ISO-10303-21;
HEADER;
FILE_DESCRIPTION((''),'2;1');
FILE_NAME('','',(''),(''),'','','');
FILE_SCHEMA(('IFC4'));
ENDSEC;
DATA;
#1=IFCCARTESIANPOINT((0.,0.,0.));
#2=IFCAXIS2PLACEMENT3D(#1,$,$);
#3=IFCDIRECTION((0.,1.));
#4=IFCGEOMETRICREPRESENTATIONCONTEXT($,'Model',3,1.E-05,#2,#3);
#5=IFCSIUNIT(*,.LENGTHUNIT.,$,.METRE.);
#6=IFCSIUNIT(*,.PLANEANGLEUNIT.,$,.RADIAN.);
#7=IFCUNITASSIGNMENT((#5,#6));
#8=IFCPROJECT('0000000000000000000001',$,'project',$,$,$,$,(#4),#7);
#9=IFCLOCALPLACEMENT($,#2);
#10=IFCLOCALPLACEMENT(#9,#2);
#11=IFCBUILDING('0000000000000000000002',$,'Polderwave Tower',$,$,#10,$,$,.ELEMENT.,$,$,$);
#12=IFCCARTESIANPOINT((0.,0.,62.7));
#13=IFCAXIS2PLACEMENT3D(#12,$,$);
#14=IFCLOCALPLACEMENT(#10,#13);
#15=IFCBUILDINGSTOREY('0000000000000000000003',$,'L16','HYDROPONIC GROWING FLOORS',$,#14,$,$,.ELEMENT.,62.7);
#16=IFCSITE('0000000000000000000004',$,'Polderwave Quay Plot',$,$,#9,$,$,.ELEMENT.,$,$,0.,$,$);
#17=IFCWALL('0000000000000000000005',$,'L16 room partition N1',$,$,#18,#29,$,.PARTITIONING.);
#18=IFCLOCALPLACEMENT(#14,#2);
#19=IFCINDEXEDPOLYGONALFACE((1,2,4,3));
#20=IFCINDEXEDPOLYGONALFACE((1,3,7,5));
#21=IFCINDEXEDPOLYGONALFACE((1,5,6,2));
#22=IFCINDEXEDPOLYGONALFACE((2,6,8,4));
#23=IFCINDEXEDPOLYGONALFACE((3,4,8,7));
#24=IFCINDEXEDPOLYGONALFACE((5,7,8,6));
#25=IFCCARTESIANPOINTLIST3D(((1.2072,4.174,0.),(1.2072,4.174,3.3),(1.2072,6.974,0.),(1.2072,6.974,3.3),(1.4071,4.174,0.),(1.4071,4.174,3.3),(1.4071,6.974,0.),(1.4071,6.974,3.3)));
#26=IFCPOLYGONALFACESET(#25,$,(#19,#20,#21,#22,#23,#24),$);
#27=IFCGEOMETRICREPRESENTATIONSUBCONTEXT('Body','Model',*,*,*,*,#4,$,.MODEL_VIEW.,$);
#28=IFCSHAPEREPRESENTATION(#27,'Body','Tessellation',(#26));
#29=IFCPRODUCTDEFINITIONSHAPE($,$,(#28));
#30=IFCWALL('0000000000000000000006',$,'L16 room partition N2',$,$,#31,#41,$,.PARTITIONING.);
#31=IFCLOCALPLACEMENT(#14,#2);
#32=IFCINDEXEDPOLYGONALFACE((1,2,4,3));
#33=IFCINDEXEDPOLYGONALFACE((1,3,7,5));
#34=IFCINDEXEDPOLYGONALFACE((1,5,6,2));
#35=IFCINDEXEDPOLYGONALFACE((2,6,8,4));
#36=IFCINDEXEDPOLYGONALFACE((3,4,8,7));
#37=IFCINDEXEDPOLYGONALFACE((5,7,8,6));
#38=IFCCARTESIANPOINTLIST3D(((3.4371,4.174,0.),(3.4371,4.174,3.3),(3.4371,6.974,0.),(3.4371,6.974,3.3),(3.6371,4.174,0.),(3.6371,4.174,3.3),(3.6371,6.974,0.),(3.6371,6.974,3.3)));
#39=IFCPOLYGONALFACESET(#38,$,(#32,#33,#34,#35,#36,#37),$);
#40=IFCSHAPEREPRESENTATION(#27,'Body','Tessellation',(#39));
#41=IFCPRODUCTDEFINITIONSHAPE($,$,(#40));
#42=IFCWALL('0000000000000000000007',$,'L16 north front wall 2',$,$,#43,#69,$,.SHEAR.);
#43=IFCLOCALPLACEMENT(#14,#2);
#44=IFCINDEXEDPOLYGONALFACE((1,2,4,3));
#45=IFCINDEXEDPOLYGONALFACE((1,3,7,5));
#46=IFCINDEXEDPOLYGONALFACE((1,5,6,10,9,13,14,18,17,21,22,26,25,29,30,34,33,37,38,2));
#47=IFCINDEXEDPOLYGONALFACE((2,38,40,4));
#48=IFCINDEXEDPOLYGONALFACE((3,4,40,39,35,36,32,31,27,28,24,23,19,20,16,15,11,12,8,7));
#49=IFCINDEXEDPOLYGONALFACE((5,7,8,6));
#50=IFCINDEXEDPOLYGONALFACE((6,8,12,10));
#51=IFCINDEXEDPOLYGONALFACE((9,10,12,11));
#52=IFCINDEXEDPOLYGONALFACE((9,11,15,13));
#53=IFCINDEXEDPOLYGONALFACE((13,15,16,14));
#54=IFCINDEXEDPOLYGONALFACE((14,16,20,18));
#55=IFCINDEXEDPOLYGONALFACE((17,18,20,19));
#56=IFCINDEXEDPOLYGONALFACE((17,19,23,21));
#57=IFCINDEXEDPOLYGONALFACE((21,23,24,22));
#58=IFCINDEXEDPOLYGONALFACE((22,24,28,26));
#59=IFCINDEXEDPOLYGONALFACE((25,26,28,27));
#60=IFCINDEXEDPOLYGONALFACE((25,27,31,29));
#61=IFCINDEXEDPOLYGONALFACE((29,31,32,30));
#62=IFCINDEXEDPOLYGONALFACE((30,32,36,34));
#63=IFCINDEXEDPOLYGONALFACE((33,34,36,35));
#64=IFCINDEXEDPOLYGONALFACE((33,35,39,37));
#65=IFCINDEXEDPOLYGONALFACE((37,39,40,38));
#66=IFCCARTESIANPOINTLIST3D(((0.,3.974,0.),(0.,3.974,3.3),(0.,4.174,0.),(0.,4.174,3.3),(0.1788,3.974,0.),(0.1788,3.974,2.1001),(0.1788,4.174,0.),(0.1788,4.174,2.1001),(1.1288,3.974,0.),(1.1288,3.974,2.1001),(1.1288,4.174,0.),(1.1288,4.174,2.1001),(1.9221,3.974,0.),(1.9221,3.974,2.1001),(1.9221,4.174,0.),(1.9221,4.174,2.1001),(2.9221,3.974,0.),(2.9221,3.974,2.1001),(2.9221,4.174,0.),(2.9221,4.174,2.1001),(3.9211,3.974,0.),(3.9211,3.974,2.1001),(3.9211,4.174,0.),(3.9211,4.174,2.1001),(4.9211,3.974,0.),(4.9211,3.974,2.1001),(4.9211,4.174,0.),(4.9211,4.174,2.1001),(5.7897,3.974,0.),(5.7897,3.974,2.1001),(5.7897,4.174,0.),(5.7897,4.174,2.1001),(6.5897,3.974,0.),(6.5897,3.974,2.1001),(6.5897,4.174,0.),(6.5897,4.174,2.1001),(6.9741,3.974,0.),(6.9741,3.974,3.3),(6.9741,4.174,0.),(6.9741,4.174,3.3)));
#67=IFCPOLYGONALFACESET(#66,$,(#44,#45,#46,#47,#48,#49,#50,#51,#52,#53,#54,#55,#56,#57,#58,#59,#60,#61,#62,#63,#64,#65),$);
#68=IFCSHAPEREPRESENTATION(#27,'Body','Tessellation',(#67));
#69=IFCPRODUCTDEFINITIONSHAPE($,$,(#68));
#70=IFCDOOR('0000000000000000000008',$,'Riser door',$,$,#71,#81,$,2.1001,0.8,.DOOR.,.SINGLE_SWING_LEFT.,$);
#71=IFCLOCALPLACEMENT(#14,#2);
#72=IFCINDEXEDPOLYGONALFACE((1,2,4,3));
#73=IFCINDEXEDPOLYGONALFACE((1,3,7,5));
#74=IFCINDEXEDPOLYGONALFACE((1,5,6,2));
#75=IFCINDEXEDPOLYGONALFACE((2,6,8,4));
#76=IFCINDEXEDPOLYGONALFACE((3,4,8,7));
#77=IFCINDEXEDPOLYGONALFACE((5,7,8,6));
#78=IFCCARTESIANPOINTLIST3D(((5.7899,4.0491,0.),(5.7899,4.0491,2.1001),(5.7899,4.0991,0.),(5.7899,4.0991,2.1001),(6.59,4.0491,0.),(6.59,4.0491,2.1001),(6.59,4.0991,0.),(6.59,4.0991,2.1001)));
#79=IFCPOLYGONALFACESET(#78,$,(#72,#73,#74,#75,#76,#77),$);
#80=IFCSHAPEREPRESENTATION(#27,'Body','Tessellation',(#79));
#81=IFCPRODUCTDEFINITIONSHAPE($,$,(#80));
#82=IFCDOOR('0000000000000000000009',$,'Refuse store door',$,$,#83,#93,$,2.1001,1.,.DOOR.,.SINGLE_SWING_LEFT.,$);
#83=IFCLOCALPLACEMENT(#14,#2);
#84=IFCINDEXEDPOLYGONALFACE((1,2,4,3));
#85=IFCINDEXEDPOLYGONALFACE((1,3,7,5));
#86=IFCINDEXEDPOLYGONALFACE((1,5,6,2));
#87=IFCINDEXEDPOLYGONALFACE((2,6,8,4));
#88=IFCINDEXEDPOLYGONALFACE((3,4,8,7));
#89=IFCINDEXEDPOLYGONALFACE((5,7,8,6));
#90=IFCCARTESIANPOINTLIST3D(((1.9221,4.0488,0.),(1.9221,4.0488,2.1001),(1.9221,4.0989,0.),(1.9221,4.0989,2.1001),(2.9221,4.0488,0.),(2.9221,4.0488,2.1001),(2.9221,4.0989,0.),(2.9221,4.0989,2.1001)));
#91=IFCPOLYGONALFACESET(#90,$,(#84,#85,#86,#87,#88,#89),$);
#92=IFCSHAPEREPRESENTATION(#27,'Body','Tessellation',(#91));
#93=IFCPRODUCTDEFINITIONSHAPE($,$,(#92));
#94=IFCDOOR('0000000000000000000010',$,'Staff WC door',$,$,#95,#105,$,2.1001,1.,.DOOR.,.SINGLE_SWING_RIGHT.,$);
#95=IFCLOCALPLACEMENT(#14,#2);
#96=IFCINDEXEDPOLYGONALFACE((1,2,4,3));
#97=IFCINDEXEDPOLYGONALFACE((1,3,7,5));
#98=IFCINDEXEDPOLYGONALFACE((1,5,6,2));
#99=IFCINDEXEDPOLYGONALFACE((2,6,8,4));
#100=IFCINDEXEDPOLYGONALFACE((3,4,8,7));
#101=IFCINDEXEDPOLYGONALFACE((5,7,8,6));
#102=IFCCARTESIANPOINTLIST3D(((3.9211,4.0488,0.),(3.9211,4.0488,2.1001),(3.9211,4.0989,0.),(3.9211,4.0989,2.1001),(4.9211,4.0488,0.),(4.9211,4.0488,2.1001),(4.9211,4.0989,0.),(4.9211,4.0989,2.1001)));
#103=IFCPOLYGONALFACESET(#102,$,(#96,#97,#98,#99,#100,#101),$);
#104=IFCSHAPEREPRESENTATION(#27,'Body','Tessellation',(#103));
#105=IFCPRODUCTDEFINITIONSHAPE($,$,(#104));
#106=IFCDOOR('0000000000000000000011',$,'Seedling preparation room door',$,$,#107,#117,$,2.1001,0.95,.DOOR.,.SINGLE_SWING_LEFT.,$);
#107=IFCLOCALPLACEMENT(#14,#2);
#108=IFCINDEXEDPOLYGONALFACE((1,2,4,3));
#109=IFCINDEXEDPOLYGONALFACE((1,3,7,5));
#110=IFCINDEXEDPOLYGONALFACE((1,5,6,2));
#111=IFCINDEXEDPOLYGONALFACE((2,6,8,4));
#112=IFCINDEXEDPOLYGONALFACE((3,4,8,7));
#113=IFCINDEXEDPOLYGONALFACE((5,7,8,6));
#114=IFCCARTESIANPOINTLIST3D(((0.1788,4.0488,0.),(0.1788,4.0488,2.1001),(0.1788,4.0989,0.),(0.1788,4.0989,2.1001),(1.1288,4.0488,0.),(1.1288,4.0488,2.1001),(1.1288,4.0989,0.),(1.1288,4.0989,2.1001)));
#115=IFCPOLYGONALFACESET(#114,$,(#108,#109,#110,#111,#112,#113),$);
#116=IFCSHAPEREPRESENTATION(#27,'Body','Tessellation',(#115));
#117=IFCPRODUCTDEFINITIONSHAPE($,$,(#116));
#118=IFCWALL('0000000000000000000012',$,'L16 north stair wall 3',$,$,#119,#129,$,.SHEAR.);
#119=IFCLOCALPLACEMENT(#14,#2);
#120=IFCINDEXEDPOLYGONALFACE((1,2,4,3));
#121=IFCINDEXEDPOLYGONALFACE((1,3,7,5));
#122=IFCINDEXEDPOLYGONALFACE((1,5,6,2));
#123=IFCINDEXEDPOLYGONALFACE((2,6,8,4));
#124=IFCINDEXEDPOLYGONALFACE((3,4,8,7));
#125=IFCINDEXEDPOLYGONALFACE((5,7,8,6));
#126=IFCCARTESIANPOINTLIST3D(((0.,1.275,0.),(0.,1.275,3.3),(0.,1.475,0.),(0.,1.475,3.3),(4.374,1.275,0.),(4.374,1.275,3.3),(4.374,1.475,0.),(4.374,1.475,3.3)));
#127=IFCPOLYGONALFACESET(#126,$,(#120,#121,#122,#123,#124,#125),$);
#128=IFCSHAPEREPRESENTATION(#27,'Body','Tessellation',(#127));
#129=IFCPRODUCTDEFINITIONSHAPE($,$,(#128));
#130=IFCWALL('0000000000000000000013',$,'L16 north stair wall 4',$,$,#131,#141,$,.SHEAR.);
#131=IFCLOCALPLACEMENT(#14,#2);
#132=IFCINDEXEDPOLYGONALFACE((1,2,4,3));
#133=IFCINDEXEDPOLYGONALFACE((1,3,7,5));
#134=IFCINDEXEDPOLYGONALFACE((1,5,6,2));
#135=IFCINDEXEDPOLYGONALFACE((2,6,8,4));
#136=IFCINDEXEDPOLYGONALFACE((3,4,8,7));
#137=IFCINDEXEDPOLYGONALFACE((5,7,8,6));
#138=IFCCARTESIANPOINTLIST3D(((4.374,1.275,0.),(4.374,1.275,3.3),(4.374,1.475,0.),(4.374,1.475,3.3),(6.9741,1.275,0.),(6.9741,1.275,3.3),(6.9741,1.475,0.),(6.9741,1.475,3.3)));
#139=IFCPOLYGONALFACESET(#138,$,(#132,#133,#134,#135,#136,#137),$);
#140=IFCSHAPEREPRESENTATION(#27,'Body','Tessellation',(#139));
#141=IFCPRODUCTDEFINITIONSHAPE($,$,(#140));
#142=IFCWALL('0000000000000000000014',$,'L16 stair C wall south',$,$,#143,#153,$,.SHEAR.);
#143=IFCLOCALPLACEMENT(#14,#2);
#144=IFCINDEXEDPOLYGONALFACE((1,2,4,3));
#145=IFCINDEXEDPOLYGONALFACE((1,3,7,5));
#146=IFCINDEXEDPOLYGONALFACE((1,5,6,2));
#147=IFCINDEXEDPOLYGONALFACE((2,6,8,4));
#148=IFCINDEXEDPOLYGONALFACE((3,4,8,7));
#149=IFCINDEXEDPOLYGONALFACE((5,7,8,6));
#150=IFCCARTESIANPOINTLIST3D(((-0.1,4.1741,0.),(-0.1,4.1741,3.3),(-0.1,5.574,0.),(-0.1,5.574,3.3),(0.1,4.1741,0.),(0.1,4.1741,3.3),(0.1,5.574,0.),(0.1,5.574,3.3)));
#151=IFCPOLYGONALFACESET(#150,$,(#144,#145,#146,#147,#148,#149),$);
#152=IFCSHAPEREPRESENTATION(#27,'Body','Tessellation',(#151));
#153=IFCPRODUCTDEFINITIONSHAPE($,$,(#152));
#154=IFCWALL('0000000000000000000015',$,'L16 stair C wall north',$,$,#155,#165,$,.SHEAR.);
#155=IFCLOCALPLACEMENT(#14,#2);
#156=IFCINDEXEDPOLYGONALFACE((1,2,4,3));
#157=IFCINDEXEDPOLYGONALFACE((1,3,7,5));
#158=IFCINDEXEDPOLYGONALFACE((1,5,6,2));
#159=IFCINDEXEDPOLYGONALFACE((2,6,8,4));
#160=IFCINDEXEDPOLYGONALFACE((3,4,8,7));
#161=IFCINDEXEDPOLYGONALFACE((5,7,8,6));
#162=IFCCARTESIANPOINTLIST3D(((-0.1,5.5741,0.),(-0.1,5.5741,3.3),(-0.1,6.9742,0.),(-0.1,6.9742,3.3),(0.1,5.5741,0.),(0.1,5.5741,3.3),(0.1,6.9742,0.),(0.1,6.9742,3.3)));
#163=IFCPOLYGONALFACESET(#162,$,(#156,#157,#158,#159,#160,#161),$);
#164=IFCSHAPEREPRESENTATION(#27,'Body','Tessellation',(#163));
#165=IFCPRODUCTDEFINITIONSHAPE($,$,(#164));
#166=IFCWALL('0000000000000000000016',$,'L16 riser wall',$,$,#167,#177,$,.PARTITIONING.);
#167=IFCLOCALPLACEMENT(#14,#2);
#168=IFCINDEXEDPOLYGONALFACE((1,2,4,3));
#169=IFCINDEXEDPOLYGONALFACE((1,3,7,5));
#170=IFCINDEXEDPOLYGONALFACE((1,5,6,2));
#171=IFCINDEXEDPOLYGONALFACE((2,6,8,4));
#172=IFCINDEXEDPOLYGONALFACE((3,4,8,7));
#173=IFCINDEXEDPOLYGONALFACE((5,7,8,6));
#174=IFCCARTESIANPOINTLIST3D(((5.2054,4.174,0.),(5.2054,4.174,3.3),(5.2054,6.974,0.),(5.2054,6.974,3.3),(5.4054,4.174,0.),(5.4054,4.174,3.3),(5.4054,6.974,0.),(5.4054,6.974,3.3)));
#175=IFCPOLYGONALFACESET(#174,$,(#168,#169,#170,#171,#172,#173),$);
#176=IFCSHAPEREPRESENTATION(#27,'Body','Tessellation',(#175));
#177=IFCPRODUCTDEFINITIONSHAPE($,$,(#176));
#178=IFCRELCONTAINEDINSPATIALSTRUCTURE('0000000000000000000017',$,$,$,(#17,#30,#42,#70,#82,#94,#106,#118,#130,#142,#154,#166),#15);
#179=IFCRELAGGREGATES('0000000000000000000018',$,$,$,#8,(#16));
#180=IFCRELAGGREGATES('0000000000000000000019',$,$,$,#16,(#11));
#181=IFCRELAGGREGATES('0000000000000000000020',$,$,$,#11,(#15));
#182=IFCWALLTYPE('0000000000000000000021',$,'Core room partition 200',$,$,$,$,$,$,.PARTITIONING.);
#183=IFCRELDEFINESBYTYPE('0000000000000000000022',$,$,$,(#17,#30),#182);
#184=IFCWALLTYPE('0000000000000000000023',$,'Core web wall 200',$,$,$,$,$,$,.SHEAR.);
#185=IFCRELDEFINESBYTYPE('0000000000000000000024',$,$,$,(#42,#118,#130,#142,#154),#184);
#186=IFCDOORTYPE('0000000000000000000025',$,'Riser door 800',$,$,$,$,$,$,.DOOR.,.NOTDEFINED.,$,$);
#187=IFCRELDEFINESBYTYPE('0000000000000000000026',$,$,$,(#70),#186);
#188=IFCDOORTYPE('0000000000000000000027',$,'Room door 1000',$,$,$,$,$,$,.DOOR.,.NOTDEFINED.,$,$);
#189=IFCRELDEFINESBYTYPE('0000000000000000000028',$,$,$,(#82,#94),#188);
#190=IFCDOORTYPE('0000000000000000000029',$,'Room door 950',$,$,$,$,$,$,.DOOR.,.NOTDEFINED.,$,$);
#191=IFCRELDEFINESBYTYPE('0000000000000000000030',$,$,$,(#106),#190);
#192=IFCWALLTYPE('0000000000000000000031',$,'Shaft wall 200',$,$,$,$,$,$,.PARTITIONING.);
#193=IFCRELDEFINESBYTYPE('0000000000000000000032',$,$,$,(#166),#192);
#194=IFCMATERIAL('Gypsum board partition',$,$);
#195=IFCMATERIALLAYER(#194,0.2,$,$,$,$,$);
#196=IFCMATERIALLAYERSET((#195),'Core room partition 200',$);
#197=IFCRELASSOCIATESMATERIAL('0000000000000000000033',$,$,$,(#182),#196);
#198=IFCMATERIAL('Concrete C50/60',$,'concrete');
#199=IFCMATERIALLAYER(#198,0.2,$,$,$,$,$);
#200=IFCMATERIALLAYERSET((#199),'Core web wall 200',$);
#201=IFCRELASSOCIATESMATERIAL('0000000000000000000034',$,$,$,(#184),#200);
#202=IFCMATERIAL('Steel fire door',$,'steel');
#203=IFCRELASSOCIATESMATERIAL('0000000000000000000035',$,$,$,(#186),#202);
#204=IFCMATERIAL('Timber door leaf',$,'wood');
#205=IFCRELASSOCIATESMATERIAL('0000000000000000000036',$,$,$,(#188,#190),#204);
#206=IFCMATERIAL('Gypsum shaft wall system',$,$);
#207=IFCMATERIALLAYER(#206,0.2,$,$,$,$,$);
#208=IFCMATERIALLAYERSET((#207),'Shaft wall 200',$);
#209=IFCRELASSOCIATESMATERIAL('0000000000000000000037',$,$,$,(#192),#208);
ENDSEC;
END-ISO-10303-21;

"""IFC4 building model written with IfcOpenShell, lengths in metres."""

from ifc_helpers import new_model, si_unit, direction, frame, frame_2d, origin, place, context, subcontext, project, spatial, rectangle, extrude, material, layer, layer_set, type_object, element, fill, save


model = new_model("IFC4")

# Units and contexts
model_context = context("Model", 3, precision=1e-05, world=origin(), true_north=direction((0.0, 1.0)))
body_context = subcontext(model_context, "Body", "Model", "MODEL_VIEW")
ifc_project = project(units=[si_unit("LENGTHUNIT", "METRE"), si_unit("PLANEANGLEUNIT", "RADIAN")], contexts=[model_context])

# Site, building, storey
site_placement = place(None, origin())
site = spatial("IfcSite", under=ifc_project, at=site_placement, Name="Polderwave Quay Plot", CompositionType="ELEMENT", RefElevation=0.0)
building_placement = place(site_placement, origin())
building = spatial("IfcBuilding", under=site, at=building_placement, Name="Polderwave Tower", CompositionType="ELEMENT")
storey_placement = place(building_placement, frame((0.0, 0.0, 62.7)))
storey = spatial("IfcBuildingStorey", under=building, at=storey_placement, Name="L16", Description="HYDROPONIC GROWING FLOORS", CompositionType="ELEMENT", Elevation=62.7)

# Walls
ifc_material_1 = material(Name="Gypsum board partition")
ifc_layer_1 = layer(ifc_material_1, 0.2)
ifc_layer_set_1 = layer_set([ifc_layer_1], Name="Core room partition 200")
wall_type_1 = type_object("IfcWallType", Name="Core room partition 200", PredefinedType="PARTITIONING", material=ifc_layer_set_1)
for number, where, z_axis, x_axis, name in (
    (1, (1.3071, 4.1741, 0.0), (0.0, 0.0, 1.0), (0.0, 1.0, 0.0), "L16 room partition N1"),
    (2, (3.5371, 4.1741, 0.0), (0.0, 0.0, 1.0), (0.0, 1.0, 0.0), "L16 room partition N2"),
):
    element("IfcWall", number, at=place(storey_placement, frame(where, z_axis=z_axis, x_axis=x_axis)), inside=storey, type_object=wall_type_1, Name=name, PredefinedType="PARTITIONING", context=body_context, shape_type="SweptSolid", body=[
        extrude(rectangle(XDim=2.8, YDim=0.2, at=frame_2d((1.3999, 0.0))), origin(), (0.0, 0.0, 1.0), 3.3),
    ])

# Wall, openings, doors
ifc_material_2 = material(Name="Concrete C50/60", Category="concrete")
ifc_layer_2 = layer(ifc_material_2, 0.2)
ifc_layer_set_2 = layer_set([ifc_layer_2], Name="Core web wall 200")
wall_type_2 = type_object("IfcWallType", Name="Core web wall 200", PredefinedType="SHEAR", material=ifc_layer_set_2)
wall_1_placement = place(storey_placement, frame((0.0, 4.074, 0.0), z_axis=(0.0, 0.0, 1.0), x_axis=(1.0, 0.0, 0.0)))
wall_1 = element("IfcWall", 3, at=wall_1_placement, inside=storey, type_object=wall_type_2, Name="L16 north front wall 2", PredefinedType="SHEAR", context=body_context, shape_type="SweptSolid", body=[
    extrude(rectangle(XDim=6.9741, YDim=0.2, at=frame_2d((3.4871, 0.0))), origin(), (0.0, 0.0, 1.0), 3.3),
])
opening_1_placement = place(wall_1_placement, frame((0.1787, 0.0, 0.0)))
opening_1 = element("IfcOpeningElement", 4, at=opening_1_placement, cuts=wall_1, PredefinedType="OPENING", context=body_context, shape_type="SweptSolid", body=[
    extrude(rectangle(XDim=0.95, YDim=2.1001, at=frame_2d((0.4751, 1.05))), frame((0.0, 0.1099, 0.0), z_axis=(0.0, -1.0, 0.0), x_axis=(1.0, 0.0, 0.0)), (0.0, 0.0, 1.0), 0.22),
])
opening_2_placement = place(wall_1_placement, frame((1.9221, 0.0, 0.0)))
opening_2 = element("IfcOpeningElement", 5, at=opening_2_placement, cuts=wall_1, PredefinedType="OPENING", context=body_context, shape_type="SweptSolid", body=[
    extrude(rectangle(XDim=1.0, YDim=2.1001, at=frame_2d((0.5, 1.05))), frame((0.0, 0.1099, 0.0), z_axis=(0.0, -1.0, 0.0), x_axis=(1.0, 0.0, 0.0)), (0.0, 0.0, 1.0), 0.22),
])
opening_3_placement = place(wall_1_placement, frame((3.9211, 0.0, 0.0)))
opening_3 = element("IfcOpeningElement", 6, at=opening_3_placement, cuts=wall_1, PredefinedType="OPENING", context=body_context, shape_type="SweptSolid", body=[
    extrude(rectangle(XDim=1.0, YDim=2.1001, at=frame_2d((0.5, 1.05))), frame((0.0, 0.1099, 0.0), z_axis=(0.0, -1.0, 0.0), x_axis=(1.0, 0.0, 0.0)), (0.0, 0.0, 1.0), 0.22),
])
opening_4_placement = place(wall_1_placement, frame((5.7898, 0.0, 0.0)))
opening_4 = element("IfcOpeningElement", 7, at=opening_4_placement, cuts=wall_1, PredefinedType="OPENING", context=body_context, shape_type="SweptSolid", body=[
    extrude(rectangle(XDim=0.8, YDim=2.1001, at=frame_2d((0.3999, 1.05))), frame((0.0, 0.1099, 0.0), z_axis=(0.0, -1.0, 0.0), x_axis=(1.0, 0.0, 0.0)), (0.0, 0.0, 1.0), 0.22),
])
ifc_material_3 = material(Name="Steel fire door", Category="steel")
door_type_1 = type_object("IfcDoorType", Name="Riser door 800", OperationType="NOTDEFINED", PredefinedType="DOOR", material=ifc_material_3)
door_1_placement = place(opening_4_placement, frame((0.8, 0.0, 0.0), z_axis=(0.0, 0.0, 1.0), x_axis=(-1.0, 0.0, 0.0)))
door_1 = element("IfcDoor", 8, at=door_1_placement, inside=storey, type_object=door_type_1, Name="Riser door", OperationType="SINGLE_SWING_LEFT", OverallHeight=2.1001, OverallWidth=0.8, PredefinedType="DOOR", context=body_context, shape_type="SweptSolid", body=[
    extrude(rectangle(XDim=0.8, YDim=2.1001, at=frame_2d((0.3999, 1.05))), frame((0.0, 0.0249, 0.0), z_axis=(0.0, -1.0, 0.0), x_axis=(1.0, 0.0, 0.0)), (0.0, 0.0, 1.0), 0.05),
])
fill(opening_4, door_1)
ifc_material_4 = material(Name="Timber door leaf", Category="wood")
door_type_2 = type_object("IfcDoorType", Name="Room door 1000", OperationType="NOTDEFINED", PredefinedType="DOOR", material=ifc_material_4)
door_2_placement = place(opening_2_placement, origin())
door_2 = element("IfcDoor", 9, at=door_2_placement, inside=storey, type_object=door_type_2, Name="Refuse store door", OperationType="SINGLE_SWING_LEFT", OverallHeight=2.1001, OverallWidth=1.0, PredefinedType="DOOR", context=body_context, shape_type="SweptSolid", body=[
    extrude(rectangle(XDim=1.0, YDim=2.1001, at=frame_2d((0.5, 1.05))), frame((0.0, 0.0249, 0.0), z_axis=(0.0, -1.0, 0.0), x_axis=(1.0, 0.0, 0.0)), (0.0, 0.0, 1.0), 0.05),
])
fill(opening_2, door_2)
door_3_placement = place(opening_3_placement, origin())
door_3 = element("IfcDoor", 10, at=door_3_placement, inside=storey, type_object=door_type_2, Name="Staff WC door", OperationType="SINGLE_SWING_RIGHT", OverallHeight=2.1001, OverallWidth=1.0, PredefinedType="DOOR", context=body_context, shape_type="SweptSolid", body=[
    extrude(rectangle(XDim=1.0, YDim=2.1001, at=frame_2d((0.5, 1.05))), frame((0.0, 0.0249, 0.0), z_axis=(0.0, -1.0, 0.0), x_axis=(1.0, 0.0, 0.0)), (0.0, 0.0, 1.0), 0.05),
])
fill(opening_3, door_3)
door_type_3 = type_object("IfcDoorType", Name="Room door 950", OperationType="NOTDEFINED", PredefinedType="DOOR", material=ifc_material_4)
door_4_placement = place(opening_1_placement, origin())
door_4 = element("IfcDoor", 11, at=door_4_placement, inside=storey, type_object=door_type_3, Name="Seedling preparation room door", OperationType="SINGLE_SWING_LEFT", OverallHeight=2.1001, OverallWidth=0.95, PredefinedType="DOOR", context=body_context, shape_type="SweptSolid", body=[
    extrude(rectangle(XDim=0.95, YDim=2.1001, at=frame_2d((0.4751, 1.05))), frame((0.0, 0.0249, 0.0), z_axis=(0.0, -1.0, 0.0), x_axis=(1.0, 0.0, 0.0)), (0.0, 0.0, 1.0), 0.05),
])
fill(opening_1, door_4)

# Walls
wall_2_placement = place(storey_placement, frame((0.0, 1.375, 0.0), z_axis=(0.0, 0.0, 1.0), x_axis=(1.0, 0.0, 0.0)))
element("IfcWall", 12, at=wall_2_placement, inside=storey, type_object=wall_type_2, Name="L16 north stair wall 3", PredefinedType="SHEAR", context=body_context, shape_type="SweptSolid", body=[
    extrude(rectangle(XDim=4.374, YDim=0.2, at=frame_2d((2.187, 0.0))), origin(), (0.0, 0.0, 1.0), 3.3),
])
wall_3_placement = place(storey_placement, frame((4.374, 1.375, 0.0), z_axis=(0.0, 0.0, 1.0), x_axis=(1.0, 0.0, 0.0)))
element("IfcWall", 13, at=wall_3_placement, inside=storey, type_object=wall_type_2, Name="L16 north stair wall 4", PredefinedType="SHEAR", context=body_context, shape_type="SweptSolid", body=[
    extrude(rectangle(XDim=2.6001, YDim=0.2, at=frame_2d((1.3, 0.0))), origin(), (0.0, 0.0, 1.0), 3.3),
])
wall_4_placement = place(storey_placement, frame((0.0, 4.1741, 0.0), z_axis=(0.0, 0.0, 1.0), x_axis=(0.0, 1.0, 0.0)))
element("IfcWall", 14, at=wall_4_placement, inside=storey, type_object=wall_type_2, Name="L16 stair C wall south", PredefinedType="SHEAR", context=body_context, shape_type="SweptSolid", body=[
    extrude(rectangle(XDim=1.3999, YDim=0.2, at=frame_2d((0.7, 0.0))), origin(), (0.0, 0.0, 1.0), 3.3),
])
wall_5_placement = place(storey_placement, frame((0.0, 5.574, 0.0), z_axis=(0.0, 0.0, 1.0), x_axis=(0.0, 1.0, 0.0)))
element("IfcWall", 15, at=wall_5_placement, inside=storey, type_object=wall_type_2, Name="L16 stair C wall north", PredefinedType="SHEAR", context=body_context, shape_type="SweptSolid", body=[
    extrude(rectangle(XDim=1.4001, YDim=0.2, at=frame_2d((0.7002, 0.0))), origin(), (0.0, 0.0, 1.0), 3.3),
])
ifc_material_5 = material(Name="Gypsum shaft wall system")
ifc_layer_3 = layer(ifc_material_5, 0.2)
ifc_layer_set_3 = layer_set([ifc_layer_3], Name="Shaft wall 200")
wall_type_3 = type_object("IfcWallType", Name="Shaft wall 200", PredefinedType="PARTITIONING", material=ifc_layer_set_3)
wall_6_placement = place(storey_placement, frame((5.3054, 4.1741, 0.0), z_axis=(0.0, 0.0, 1.0), x_axis=(0.0, 1.0, 0.0)))
element("IfcWall", 16, at=wall_6_placement, inside=storey, type_object=wall_type_3, Name="L16 riser wall", PredefinedType="PARTITIONING", context=body_context, shape_type="SweptSolid", body=[
    extrude(rectangle(XDim=2.8, YDim=0.2, at=frame_2d((1.3999, 0.0))), origin(), (0.0, 0.0, 1.0), 3.3),
])

save(model, "model.ifc")
